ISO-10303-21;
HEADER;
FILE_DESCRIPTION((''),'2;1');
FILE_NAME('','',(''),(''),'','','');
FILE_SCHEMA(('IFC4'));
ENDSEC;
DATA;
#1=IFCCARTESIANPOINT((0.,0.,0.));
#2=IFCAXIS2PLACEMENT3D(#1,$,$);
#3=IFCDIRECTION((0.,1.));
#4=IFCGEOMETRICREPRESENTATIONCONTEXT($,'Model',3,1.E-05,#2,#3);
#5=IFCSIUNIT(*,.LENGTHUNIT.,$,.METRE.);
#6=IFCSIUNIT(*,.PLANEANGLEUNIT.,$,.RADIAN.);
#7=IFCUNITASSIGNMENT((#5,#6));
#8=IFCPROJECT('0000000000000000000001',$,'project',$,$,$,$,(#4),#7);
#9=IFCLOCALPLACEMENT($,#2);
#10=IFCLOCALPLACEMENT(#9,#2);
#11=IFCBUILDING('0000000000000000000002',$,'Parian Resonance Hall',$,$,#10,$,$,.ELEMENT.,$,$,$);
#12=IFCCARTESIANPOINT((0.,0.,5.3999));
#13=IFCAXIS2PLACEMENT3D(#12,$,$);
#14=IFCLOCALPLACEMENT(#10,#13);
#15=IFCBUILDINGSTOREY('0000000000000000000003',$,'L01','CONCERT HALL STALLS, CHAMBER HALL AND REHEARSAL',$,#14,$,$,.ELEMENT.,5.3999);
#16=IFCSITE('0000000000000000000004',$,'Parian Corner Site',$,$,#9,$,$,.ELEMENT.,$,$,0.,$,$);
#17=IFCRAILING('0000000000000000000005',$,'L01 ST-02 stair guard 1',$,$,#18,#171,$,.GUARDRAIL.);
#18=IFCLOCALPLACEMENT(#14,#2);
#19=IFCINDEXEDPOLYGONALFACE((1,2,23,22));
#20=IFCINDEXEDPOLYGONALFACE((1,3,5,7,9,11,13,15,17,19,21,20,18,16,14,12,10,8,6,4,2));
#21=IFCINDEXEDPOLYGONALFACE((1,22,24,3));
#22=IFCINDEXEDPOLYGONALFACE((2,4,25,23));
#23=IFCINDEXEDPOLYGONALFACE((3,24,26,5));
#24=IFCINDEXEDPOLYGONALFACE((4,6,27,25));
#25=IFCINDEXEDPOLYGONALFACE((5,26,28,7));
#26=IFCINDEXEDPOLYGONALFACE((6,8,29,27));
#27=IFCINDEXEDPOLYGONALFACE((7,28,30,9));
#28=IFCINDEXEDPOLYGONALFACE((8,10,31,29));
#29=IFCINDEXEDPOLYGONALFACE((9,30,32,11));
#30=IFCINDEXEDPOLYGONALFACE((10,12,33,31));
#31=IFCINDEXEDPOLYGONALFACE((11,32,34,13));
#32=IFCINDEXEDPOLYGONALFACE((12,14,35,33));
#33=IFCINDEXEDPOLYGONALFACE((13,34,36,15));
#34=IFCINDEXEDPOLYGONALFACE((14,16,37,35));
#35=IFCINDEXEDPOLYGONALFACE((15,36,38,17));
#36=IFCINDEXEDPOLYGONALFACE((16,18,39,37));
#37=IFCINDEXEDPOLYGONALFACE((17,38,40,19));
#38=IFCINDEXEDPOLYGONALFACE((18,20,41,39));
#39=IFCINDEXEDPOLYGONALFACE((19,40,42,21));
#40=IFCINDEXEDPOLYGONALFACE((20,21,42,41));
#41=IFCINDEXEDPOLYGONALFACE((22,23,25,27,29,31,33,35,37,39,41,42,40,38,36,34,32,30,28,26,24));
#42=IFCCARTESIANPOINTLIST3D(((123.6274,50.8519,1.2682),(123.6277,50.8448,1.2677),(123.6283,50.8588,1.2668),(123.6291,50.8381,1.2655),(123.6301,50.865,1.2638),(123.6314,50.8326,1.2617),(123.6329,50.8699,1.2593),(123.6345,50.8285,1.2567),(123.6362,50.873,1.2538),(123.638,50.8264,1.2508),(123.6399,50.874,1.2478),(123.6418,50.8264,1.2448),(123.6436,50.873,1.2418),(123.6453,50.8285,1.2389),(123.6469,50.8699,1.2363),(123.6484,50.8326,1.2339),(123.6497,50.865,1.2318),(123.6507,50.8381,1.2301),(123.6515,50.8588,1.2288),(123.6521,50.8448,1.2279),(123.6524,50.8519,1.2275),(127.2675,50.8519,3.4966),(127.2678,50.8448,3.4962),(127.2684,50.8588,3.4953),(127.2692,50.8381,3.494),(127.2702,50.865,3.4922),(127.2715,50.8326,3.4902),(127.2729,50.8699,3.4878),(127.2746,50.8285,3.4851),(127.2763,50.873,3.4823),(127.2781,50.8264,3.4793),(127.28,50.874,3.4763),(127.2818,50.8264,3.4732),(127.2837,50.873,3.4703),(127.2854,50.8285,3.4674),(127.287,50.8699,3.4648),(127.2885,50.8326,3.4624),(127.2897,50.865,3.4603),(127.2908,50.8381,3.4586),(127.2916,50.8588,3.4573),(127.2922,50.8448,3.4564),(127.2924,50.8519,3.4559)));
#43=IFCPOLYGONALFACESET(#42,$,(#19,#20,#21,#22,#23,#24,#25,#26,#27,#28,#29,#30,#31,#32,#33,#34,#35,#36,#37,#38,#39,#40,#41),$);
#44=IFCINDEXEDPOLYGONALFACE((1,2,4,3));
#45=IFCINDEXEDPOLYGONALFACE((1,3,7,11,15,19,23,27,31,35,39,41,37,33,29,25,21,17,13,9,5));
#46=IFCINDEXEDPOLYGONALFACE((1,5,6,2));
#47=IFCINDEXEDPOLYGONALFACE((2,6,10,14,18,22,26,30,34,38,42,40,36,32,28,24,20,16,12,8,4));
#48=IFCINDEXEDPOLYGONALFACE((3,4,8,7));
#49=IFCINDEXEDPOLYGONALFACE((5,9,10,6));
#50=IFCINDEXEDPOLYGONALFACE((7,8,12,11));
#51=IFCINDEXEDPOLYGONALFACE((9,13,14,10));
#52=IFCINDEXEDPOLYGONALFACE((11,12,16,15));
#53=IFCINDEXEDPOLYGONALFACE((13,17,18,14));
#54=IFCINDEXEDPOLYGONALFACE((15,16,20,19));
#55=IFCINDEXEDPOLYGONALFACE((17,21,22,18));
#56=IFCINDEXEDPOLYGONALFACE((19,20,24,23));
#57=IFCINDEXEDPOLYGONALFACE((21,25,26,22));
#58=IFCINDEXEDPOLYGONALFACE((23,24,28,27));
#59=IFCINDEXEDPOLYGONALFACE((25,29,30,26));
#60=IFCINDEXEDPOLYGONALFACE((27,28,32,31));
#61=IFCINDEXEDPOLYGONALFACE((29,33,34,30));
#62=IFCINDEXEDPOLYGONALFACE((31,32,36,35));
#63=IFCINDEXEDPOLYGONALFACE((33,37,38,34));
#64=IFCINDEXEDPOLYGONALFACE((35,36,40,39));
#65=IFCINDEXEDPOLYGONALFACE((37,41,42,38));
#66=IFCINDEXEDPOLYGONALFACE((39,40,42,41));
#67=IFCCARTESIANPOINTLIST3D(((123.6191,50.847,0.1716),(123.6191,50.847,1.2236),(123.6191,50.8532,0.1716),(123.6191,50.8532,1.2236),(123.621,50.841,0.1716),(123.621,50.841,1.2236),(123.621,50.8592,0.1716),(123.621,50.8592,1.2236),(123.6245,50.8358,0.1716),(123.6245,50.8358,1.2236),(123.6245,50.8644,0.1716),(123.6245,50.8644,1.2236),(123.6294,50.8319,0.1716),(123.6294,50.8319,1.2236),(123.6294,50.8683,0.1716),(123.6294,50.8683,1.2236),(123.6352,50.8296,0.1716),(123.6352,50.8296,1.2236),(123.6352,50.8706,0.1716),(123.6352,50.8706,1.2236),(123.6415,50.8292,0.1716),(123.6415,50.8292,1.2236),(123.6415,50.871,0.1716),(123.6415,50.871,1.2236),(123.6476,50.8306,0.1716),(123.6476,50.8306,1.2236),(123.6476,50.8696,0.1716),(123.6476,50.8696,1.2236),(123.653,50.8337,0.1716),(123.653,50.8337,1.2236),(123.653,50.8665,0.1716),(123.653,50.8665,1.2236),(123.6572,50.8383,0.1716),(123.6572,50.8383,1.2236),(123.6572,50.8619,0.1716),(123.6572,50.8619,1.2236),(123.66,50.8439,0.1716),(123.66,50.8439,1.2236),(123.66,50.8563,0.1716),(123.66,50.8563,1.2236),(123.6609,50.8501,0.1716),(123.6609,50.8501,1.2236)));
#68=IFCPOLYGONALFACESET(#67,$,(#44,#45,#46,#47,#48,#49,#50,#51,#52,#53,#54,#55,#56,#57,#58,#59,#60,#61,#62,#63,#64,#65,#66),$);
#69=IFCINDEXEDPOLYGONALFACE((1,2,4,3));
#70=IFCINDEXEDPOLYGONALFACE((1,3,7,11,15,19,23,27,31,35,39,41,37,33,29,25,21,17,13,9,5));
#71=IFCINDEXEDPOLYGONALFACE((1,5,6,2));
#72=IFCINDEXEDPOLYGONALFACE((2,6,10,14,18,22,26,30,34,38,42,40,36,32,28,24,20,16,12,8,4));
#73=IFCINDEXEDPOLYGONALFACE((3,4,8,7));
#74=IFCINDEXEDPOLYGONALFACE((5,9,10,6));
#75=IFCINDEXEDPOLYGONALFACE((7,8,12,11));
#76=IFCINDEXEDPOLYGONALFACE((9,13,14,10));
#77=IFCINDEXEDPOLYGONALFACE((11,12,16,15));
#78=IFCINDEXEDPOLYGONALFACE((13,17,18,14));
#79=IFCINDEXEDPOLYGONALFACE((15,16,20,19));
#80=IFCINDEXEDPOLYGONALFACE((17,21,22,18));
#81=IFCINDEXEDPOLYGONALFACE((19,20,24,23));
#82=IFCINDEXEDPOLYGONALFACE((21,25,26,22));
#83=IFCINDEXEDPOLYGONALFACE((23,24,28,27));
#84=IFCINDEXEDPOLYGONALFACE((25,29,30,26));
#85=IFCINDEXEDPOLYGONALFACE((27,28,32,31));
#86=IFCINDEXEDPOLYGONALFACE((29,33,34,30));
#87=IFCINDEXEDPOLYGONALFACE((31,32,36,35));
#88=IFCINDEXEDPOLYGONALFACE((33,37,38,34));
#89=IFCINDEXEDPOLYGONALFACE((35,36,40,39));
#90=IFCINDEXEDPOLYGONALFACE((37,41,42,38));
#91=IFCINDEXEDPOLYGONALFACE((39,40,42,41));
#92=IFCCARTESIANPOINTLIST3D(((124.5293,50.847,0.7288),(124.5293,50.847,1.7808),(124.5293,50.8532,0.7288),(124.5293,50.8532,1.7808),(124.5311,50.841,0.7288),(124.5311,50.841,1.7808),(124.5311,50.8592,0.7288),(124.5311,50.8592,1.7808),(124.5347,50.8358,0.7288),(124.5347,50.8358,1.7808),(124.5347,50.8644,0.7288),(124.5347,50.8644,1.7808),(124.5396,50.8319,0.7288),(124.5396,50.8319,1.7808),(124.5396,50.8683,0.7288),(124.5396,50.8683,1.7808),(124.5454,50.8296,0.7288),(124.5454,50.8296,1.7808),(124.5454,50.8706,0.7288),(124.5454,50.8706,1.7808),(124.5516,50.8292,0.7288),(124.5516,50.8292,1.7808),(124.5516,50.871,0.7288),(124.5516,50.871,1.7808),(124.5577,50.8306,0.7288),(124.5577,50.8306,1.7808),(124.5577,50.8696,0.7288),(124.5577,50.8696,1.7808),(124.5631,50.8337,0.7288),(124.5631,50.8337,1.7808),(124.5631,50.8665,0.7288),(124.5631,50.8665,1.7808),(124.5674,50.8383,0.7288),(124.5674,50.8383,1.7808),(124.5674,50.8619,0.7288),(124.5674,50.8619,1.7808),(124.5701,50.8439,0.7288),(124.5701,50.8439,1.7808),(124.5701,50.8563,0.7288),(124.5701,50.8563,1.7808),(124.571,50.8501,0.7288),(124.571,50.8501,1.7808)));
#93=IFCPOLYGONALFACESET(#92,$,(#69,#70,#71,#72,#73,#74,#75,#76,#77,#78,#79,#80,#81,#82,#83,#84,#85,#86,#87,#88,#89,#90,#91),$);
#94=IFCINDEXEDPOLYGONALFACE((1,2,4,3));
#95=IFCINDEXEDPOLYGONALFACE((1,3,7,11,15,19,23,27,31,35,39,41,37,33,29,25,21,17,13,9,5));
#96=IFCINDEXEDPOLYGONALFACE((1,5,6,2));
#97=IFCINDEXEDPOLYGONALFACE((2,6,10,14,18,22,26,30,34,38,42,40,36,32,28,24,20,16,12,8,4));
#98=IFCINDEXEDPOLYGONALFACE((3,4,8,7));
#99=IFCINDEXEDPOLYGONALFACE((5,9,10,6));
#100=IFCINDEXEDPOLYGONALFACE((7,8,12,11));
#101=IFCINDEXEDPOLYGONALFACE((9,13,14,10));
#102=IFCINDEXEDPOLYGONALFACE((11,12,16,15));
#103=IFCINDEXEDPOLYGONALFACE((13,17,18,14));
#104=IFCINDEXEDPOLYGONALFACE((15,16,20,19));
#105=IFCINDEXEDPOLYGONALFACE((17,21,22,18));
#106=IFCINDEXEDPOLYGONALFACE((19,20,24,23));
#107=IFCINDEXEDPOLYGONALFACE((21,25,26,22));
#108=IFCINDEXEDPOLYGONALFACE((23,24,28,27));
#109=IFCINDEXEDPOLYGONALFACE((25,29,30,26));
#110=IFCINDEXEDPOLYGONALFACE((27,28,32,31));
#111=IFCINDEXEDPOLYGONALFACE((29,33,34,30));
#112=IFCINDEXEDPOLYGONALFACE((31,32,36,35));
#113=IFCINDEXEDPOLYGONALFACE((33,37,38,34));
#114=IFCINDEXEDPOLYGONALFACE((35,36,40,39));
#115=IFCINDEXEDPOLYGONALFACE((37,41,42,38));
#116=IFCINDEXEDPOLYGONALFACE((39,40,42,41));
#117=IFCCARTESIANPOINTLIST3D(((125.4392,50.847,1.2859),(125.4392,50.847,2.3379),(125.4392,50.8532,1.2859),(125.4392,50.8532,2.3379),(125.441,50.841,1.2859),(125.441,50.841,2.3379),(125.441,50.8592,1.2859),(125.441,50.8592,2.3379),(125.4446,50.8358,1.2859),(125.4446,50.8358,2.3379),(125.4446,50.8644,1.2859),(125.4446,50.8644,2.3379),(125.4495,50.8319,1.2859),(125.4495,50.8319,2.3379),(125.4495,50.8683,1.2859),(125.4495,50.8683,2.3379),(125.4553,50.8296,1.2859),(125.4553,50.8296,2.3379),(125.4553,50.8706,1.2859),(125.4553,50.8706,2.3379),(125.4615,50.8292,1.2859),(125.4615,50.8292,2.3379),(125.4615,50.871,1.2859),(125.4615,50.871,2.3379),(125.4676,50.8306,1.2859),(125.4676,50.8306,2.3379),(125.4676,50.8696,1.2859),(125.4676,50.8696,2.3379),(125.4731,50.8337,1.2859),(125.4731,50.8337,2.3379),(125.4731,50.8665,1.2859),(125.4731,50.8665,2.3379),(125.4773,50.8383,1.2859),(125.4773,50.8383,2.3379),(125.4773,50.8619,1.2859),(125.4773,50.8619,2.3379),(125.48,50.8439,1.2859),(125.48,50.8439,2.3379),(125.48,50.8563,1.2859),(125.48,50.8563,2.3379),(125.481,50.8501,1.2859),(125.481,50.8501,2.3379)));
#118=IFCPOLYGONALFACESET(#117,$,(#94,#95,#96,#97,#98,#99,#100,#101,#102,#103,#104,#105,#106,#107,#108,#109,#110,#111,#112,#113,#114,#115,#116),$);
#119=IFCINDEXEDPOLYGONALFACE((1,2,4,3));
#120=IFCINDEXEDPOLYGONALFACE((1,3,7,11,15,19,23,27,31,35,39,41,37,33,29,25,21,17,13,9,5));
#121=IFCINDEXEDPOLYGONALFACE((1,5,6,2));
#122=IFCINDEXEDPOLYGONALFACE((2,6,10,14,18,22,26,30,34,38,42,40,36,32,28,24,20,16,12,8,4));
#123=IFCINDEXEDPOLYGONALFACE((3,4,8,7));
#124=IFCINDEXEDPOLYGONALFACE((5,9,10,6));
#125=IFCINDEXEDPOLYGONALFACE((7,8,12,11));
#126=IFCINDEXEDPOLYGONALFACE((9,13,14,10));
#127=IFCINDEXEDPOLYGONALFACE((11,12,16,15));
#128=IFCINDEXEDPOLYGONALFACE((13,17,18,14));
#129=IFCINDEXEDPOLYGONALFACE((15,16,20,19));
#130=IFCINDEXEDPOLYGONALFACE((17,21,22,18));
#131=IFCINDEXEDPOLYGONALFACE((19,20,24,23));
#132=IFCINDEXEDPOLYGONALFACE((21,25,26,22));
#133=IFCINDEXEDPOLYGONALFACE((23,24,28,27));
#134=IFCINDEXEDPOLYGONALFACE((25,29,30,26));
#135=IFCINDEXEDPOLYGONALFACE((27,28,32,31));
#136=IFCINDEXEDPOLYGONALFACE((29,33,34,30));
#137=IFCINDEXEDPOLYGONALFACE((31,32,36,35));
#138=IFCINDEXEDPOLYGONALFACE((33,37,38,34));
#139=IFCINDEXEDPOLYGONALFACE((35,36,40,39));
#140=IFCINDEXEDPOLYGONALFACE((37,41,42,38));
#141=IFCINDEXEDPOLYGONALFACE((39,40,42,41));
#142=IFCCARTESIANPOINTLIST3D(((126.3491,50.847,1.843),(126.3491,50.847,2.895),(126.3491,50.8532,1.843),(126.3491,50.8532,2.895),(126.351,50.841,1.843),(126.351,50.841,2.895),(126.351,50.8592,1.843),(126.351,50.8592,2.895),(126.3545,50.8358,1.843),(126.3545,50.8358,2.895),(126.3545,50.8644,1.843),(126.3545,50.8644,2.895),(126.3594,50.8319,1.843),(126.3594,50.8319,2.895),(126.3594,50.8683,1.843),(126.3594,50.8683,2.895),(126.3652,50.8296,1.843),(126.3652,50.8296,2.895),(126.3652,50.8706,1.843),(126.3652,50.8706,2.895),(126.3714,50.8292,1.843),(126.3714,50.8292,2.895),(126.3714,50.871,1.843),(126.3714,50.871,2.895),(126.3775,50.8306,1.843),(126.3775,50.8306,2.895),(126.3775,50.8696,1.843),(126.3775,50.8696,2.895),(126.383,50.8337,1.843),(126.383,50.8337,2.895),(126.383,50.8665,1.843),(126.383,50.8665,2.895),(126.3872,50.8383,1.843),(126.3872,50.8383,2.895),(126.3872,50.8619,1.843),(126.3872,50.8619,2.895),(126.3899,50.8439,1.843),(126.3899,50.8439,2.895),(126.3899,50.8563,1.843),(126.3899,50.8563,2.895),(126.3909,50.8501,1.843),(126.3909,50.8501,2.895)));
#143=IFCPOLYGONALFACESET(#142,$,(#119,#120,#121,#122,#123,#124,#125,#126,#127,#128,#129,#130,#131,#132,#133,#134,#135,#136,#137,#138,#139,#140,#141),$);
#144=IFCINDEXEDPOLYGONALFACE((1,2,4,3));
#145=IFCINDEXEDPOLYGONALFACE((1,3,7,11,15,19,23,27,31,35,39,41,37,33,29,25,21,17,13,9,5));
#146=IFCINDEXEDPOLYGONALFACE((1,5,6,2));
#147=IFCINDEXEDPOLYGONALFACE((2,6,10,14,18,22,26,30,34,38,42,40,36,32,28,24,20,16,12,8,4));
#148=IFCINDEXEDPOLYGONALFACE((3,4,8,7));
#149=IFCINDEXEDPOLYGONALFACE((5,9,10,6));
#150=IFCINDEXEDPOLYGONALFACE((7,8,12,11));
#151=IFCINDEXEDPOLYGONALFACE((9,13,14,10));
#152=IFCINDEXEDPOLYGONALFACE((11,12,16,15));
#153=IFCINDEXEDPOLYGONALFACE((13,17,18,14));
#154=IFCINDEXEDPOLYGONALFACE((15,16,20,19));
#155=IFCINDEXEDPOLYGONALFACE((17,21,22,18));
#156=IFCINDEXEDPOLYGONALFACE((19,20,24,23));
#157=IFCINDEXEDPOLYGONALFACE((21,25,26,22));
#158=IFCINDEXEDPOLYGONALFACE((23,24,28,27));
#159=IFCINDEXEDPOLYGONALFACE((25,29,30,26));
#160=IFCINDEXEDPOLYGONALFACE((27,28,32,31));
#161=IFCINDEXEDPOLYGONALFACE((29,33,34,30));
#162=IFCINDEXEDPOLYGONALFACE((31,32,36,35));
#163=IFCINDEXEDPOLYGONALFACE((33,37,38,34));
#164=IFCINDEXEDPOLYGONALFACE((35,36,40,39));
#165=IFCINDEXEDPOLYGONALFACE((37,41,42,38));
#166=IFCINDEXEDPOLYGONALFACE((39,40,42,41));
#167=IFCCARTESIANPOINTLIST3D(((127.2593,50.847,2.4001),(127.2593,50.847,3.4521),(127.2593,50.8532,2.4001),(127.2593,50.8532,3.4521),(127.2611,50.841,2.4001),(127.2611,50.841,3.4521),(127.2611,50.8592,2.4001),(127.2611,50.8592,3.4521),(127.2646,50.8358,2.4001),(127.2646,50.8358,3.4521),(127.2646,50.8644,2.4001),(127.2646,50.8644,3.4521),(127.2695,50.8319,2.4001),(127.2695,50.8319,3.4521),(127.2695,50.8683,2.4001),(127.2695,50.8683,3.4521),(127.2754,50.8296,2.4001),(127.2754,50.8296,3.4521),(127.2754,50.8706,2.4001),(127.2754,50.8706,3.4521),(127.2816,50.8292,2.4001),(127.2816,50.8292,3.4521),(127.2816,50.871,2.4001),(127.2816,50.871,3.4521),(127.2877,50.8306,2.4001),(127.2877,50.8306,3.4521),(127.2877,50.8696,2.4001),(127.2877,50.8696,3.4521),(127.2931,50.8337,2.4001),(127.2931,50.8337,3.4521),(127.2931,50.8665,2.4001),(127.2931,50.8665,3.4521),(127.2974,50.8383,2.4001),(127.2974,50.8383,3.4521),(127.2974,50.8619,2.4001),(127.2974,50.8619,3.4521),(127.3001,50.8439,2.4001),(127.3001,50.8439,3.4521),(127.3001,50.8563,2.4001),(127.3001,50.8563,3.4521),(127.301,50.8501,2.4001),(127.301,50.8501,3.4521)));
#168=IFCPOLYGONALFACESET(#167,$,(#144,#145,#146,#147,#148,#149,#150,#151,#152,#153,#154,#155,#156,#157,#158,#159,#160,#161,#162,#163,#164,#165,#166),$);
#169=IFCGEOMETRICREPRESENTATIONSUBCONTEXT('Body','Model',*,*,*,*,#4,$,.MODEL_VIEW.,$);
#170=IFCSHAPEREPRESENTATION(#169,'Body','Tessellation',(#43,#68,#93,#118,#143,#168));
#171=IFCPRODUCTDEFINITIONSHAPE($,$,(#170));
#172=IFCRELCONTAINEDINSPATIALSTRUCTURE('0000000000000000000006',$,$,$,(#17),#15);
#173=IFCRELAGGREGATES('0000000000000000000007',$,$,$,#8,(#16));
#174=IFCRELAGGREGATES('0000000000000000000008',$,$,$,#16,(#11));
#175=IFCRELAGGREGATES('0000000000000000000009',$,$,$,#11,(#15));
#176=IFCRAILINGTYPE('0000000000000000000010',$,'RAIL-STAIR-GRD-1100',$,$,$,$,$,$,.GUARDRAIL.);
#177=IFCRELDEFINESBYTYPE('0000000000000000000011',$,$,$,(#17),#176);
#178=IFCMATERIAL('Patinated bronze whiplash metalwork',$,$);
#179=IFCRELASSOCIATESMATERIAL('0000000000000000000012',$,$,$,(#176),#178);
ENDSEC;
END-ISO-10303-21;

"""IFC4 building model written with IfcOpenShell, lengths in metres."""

from ifc_helpers import new_model, si_unit, direction, frame, origin, origin_2d, place, context, subcontext, project, spatial, circle, extrude, material, type_object, element, save


model = new_model("IFC4")

# Units and contexts
model_context = context("Model", 3, precision=1e-05, world=origin(), true_north=direction((0.0, 1.0)))
body_context = subcontext(model_context, "Body", "Model", "MODEL_VIEW")
ifc_project = project(units=[si_unit("LENGTHUNIT", "METRE"), si_unit("PLANEANGLEUNIT", "RADIAN")], contexts=[model_context])

# Site, building, storey
site_placement = place(None, origin())
site = spatial("IfcSite", under=ifc_project, at=site_placement, Name="Parian Corner Site", CompositionType="ELEMENT", RefElevation=0.0)
building_placement = place(site_placement, origin())
building = spatial("IfcBuilding", under=site, at=building_placement, Name="Parian Resonance Hall", CompositionType="ELEMENT")
storey_placement = place(building_placement, frame((0.0, 0.0, 5.3999)))
storey = spatial("IfcBuildingStorey", under=building, at=storey_placement, Name="L01", Description="CONCERT HALL STALLS, CHAMBER HALL AND REHEARSAL", CompositionType="ELEMENT", Elevation=5.3999)

# Railing
ifc_material_1 = material(Name="Patinated bronze whiplash metalwork")
railing_type_1 = type_object("IfcRailingType", Name="RAIL-STAIR-GRD-1100", PredefinedType="GUARDRAIL", material=ifc_material_1)
railing_1_placement = place(storey_placement, frame((123.6399, 50.8501, 0.1716)))
element("IfcRailing", 1, at=railing_1_placement, inside=storey, type_object=railing_type_1, Name="L01 ST-02 stair guard 1", PredefinedType="GUARDRAIL", context=body_context, shape_type="SweptSolid", body=[
    extrude(circle(Radius=0.0239, at=origin_2d()), frame((0.0, 0.0, 1.0762), z_axis=(0.852866, 0.0, 0.52213), x_axis=(0.0, 1.0, 0.0)), (0.0, 0.0, 1.0), 4.2681),
    extrude(circle(Radius=0.021, at=origin_2d()), origin(), (0.0, 0.0, 1.0), 1.052),
    extrude(circle(Radius=0.021, at=origin_2d()), frame((0.9102, 0.0, 0.5571)), (0.0, 0.0, 1.0), 1.052),
    extrude(circle(Radius=0.021, at=origin_2d()), frame((1.8201, 0.0, 1.1143)), (0.0, 0.0, 1.0), 1.052),
    extrude(circle(Radius=0.021, at=origin_2d()), frame((2.73, 0.0, 1.6714)), (0.0, 0.0, 1.0), 1.052),
    extrude(circle(Radius=0.021, at=origin_2d()), frame((3.6401, 0.0, 2.2285)), (0.0, 0.0, 1.0), 1.052),
])

save(model, "model.ifc")
